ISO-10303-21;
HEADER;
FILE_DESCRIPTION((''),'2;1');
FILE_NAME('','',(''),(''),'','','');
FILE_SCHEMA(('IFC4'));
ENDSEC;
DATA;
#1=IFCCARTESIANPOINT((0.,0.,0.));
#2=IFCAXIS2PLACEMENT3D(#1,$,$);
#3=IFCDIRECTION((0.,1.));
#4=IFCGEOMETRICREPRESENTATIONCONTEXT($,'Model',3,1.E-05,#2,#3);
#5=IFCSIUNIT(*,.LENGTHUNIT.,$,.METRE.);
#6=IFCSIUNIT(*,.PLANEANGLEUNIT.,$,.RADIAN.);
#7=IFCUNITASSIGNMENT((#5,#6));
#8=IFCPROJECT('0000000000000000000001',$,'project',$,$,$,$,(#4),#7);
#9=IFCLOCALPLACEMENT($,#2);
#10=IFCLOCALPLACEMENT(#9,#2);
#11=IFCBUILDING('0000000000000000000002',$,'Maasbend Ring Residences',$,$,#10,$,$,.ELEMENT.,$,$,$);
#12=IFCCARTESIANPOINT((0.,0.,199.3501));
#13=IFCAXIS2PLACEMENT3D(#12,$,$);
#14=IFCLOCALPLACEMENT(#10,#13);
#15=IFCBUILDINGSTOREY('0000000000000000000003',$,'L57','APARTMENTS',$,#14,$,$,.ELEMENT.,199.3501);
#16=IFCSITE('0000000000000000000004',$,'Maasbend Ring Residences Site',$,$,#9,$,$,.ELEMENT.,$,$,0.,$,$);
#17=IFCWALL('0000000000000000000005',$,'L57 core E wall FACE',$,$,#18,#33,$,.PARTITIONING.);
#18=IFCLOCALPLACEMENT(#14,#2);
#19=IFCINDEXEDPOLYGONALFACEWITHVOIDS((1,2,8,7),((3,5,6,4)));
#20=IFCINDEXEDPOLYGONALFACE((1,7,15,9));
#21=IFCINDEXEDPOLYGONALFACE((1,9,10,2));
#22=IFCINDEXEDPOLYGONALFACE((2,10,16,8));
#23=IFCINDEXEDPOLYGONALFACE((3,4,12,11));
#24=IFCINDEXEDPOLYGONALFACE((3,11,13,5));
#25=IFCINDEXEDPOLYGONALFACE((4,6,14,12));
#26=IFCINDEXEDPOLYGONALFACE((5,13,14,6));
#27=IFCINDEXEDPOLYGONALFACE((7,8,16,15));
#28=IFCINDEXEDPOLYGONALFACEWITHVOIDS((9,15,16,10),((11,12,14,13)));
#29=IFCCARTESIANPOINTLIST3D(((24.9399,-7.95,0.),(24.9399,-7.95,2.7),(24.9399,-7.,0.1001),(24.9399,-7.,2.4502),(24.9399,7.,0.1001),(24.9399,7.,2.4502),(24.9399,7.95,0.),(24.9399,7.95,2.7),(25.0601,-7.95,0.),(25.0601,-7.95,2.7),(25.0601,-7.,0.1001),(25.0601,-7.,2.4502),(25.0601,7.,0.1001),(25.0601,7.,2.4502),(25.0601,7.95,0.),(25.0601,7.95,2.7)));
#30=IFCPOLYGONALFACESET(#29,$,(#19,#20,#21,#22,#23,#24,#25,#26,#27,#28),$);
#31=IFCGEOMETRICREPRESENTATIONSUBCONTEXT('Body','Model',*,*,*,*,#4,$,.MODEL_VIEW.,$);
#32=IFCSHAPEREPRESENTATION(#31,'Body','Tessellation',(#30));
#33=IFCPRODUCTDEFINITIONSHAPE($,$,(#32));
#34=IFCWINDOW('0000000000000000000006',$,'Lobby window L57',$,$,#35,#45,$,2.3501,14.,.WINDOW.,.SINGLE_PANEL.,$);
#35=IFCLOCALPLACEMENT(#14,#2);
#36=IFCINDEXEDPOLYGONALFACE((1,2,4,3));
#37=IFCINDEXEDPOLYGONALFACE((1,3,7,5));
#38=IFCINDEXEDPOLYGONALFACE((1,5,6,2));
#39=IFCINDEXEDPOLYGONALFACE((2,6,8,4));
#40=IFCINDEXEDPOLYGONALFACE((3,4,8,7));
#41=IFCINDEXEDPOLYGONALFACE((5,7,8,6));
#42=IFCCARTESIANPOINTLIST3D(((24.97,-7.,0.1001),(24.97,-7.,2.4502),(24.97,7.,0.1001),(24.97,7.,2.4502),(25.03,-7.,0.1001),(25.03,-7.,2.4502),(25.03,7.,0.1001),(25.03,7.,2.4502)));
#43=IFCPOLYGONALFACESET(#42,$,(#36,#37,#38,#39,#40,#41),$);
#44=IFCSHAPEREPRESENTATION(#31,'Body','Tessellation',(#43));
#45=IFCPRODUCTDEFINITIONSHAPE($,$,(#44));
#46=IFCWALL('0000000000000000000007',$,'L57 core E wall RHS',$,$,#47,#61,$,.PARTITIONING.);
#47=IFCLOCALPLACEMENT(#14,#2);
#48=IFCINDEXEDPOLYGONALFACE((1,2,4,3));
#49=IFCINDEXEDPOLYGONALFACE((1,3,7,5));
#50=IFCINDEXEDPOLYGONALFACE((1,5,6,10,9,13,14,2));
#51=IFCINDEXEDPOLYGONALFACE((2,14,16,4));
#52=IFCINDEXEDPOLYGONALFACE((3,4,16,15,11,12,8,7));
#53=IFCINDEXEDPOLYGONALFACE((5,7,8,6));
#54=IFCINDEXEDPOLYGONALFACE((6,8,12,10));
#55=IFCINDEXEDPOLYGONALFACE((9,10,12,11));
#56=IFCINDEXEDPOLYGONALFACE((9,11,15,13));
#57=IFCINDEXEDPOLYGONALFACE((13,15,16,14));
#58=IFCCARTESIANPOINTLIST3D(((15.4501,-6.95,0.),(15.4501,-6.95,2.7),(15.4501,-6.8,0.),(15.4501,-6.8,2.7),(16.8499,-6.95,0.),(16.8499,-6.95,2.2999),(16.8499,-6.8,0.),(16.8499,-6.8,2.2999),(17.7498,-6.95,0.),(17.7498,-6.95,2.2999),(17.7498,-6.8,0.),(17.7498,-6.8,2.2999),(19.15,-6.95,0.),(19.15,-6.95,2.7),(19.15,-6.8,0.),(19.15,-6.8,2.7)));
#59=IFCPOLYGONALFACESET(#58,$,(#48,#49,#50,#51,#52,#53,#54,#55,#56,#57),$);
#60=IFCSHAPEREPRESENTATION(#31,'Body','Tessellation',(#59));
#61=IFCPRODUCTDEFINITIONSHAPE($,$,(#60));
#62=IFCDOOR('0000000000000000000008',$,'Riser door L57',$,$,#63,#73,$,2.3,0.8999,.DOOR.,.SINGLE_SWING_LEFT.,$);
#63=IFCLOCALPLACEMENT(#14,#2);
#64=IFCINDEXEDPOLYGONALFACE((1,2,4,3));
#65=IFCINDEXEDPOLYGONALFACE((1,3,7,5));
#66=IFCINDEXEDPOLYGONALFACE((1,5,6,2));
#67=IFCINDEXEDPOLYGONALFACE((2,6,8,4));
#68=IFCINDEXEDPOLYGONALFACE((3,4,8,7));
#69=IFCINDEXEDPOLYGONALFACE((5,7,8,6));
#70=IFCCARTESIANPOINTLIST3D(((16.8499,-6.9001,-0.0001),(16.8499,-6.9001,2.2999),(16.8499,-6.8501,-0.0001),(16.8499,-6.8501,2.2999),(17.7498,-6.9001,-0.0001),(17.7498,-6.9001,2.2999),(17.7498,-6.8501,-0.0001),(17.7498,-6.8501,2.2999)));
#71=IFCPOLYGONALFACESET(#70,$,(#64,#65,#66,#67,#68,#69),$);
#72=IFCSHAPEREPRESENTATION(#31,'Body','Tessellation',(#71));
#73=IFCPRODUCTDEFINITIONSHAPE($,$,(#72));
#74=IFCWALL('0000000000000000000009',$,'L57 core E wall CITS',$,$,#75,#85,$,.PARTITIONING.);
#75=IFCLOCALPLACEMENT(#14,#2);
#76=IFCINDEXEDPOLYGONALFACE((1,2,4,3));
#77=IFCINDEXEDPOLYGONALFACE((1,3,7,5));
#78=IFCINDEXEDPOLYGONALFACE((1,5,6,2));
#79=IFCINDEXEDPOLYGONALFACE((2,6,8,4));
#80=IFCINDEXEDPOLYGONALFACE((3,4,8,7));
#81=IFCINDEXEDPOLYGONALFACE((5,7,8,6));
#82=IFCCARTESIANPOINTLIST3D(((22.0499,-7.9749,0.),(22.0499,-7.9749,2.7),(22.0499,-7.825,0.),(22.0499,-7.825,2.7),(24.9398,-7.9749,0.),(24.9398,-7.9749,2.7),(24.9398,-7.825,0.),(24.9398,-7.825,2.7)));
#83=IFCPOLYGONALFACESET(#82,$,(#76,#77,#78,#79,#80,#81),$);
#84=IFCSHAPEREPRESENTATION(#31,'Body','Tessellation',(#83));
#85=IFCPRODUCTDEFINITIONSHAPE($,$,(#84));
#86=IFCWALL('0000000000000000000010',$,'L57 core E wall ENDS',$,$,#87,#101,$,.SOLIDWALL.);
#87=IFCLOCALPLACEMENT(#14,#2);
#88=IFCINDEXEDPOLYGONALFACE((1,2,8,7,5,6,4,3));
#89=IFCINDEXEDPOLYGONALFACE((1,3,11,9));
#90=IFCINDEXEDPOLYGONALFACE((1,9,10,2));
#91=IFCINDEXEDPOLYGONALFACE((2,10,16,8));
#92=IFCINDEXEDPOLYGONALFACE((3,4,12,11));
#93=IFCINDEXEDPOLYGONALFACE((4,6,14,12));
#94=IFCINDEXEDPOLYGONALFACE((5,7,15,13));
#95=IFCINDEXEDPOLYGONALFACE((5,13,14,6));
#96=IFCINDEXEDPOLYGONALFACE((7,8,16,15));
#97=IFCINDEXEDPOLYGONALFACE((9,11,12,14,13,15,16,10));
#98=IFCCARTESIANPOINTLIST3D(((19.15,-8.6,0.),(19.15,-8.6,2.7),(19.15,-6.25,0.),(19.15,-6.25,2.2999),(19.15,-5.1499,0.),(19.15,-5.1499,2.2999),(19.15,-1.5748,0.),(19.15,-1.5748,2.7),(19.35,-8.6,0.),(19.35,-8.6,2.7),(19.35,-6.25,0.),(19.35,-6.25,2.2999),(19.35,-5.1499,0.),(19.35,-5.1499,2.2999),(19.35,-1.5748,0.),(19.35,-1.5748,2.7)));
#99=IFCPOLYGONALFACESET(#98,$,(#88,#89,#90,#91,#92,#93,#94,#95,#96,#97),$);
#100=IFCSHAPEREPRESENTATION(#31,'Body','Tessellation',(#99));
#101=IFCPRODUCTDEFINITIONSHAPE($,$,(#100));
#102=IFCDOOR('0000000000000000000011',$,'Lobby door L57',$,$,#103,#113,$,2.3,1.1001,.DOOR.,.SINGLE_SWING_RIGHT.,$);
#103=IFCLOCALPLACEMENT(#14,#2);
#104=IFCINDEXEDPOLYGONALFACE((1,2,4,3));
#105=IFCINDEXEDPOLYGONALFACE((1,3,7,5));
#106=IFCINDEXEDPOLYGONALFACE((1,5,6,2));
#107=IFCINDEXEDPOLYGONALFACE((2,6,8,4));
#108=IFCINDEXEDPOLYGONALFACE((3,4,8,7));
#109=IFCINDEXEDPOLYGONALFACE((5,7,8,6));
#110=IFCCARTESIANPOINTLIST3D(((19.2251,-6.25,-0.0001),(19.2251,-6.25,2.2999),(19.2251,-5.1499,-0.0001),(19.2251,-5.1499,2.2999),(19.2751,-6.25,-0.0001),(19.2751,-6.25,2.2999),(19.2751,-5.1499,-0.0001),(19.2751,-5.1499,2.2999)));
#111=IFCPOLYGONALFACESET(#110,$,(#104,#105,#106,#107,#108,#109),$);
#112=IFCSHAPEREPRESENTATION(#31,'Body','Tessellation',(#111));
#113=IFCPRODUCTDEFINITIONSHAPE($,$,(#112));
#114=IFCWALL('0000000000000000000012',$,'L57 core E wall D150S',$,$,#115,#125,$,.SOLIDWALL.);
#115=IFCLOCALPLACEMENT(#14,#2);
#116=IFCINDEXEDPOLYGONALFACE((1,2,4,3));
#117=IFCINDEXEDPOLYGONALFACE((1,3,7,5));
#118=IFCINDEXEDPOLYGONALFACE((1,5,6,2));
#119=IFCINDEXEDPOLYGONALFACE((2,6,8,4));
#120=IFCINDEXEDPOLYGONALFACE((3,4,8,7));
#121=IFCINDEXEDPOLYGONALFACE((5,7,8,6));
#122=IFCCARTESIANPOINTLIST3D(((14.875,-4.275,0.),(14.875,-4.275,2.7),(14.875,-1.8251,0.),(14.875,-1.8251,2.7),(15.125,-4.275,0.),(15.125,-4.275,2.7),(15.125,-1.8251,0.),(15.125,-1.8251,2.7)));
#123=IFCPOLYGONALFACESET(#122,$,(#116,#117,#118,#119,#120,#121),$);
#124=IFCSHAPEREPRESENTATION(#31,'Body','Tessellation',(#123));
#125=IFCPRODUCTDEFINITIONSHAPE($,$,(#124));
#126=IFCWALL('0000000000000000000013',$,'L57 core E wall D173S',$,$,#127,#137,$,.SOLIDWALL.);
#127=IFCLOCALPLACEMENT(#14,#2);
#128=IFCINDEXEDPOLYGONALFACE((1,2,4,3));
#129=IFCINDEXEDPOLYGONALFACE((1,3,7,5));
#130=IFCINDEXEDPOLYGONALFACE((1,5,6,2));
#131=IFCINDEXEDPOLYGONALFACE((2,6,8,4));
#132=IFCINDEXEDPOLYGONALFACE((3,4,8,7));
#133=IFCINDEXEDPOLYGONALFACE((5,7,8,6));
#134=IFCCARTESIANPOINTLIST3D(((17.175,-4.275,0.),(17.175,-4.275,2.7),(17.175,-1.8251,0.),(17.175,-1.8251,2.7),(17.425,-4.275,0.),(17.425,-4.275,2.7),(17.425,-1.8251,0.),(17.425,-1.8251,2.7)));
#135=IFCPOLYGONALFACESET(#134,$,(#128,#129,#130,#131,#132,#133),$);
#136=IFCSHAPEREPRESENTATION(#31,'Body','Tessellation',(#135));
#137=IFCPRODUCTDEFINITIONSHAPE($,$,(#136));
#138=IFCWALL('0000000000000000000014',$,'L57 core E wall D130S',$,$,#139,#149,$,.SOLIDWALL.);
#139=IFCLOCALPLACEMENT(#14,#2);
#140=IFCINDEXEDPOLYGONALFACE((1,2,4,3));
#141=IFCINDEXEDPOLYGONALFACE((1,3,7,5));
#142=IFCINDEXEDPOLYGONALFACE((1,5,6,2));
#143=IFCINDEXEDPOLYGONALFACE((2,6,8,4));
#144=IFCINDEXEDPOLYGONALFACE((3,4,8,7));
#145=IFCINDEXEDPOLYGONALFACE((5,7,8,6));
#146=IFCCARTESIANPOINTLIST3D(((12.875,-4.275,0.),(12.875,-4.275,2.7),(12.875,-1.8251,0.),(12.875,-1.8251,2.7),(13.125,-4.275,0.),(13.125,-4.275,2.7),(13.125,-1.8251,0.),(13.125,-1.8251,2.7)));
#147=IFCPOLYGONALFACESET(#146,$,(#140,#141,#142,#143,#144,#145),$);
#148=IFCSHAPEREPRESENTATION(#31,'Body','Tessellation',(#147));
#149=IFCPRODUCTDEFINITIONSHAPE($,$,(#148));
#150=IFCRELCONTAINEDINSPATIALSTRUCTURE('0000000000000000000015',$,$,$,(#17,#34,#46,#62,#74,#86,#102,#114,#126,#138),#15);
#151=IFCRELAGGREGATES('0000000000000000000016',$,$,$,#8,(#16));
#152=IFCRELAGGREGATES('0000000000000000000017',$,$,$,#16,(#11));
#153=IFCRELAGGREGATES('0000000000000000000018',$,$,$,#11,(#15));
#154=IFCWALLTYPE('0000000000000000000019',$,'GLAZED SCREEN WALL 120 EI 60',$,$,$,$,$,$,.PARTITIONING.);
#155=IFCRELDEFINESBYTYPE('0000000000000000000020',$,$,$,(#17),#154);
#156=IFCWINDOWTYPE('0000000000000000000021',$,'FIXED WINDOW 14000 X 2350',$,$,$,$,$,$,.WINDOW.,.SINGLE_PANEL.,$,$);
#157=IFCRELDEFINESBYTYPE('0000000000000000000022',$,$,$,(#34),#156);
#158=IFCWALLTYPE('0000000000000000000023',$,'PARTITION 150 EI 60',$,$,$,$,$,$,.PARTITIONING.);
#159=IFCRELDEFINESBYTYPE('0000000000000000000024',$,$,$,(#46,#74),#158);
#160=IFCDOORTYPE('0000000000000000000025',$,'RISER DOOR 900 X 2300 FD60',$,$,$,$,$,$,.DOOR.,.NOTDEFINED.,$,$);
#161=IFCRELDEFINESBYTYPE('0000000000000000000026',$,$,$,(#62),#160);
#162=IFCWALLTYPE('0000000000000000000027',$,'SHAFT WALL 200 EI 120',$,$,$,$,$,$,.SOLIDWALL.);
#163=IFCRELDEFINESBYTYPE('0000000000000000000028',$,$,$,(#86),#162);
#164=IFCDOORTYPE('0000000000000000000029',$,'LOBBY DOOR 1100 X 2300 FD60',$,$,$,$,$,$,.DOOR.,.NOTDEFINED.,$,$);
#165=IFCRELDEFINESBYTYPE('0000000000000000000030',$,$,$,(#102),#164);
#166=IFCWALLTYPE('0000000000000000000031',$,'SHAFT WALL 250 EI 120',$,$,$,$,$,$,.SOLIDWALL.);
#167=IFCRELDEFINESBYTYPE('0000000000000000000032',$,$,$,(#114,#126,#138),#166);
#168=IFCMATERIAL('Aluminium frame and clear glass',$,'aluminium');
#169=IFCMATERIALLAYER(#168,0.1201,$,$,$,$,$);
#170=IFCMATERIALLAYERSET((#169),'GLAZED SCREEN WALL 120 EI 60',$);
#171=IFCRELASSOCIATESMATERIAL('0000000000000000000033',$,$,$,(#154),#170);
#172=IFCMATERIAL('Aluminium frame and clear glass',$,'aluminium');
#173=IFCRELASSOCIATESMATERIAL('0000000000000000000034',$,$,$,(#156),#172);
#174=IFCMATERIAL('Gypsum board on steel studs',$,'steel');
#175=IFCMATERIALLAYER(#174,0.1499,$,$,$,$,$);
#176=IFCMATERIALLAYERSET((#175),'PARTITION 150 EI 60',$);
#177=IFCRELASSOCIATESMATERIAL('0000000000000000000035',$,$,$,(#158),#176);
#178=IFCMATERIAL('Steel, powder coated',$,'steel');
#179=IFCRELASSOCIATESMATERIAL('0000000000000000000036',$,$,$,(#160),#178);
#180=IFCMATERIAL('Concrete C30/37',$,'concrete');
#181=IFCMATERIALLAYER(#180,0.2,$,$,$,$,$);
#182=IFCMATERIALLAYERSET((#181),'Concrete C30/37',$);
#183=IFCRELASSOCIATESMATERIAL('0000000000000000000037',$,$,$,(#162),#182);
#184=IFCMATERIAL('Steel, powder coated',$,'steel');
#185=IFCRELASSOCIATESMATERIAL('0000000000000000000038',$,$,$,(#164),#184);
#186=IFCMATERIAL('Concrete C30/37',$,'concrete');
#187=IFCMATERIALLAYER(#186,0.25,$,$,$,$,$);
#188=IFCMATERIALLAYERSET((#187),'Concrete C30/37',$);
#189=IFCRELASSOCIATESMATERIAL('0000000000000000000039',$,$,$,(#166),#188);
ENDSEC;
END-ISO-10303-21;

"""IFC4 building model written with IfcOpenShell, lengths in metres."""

from ifc_helpers import new_model, si_unit, direction, frame, frame_2d, origin, place, context, subcontext, project, spatial, rectangle, extrude, material, layer, layer_set, type_object, element, fill, save


model = new_model("IFC4")

# Units and contexts
model_context = context("Model", 3, precision=1e-05, world=origin(), true_north=direction((0.0, 1.0)))
body_context = subcontext(model_context, "Body", "Model", "MODEL_VIEW")
ifc_project = project(units=[si_unit("LENGTHUNIT", "METRE"), si_unit("PLANEANGLEUNIT", "RADIAN")], contexts=[model_context])

# Site, building, storey
site_placement = place(None, origin())
site = spatial("IfcSite", under=ifc_project, at=site_placement, Name="Maasbend Ring Residences Site", CompositionType="ELEMENT", RefElevation=0.0)
building_placement = place(site_placement, origin())
building = spatial("IfcBuilding", under=site, at=building_placement, Name="Maasbend Ring Residences", CompositionType="ELEMENT")
storey_placement = place(building_placement, frame((0.0, 0.0, 199.3501)))
storey = spatial("IfcBuildingStorey", under=building, at=storey_placement, Name="L57", Description="APARTMENTS", CompositionType="ELEMENT", Elevation=199.3501)

# Wall, opening, window
ifc_material_1 = material(Name="Aluminium frame and clear glass", Category="aluminium")
ifc_layer_1 = layer(ifc_material_1, 0.1201)
ifc_layer_set_1 = layer_set([ifc_layer_1], Name="GLAZED SCREEN WALL 120 EI 60")
wall_type_1 = type_object("IfcWallType", Name="GLAZED SCREEN WALL 120 EI 60", PredefinedType="PARTITIONING", material=ifc_layer_set_1)
wall_1_placement = place(storey_placement, frame((25.0, -7.95, 0.0), z_axis=(0.0, 0.0, 1.0), x_axis=(0.0, 1.0, 0.0)))
wall_1 = element("IfcWall", 1, at=wall_1_placement, inside=storey, type_object=wall_type_1, Name="L57 core E wall FACE", PredefinedType="PARTITIONING", context=body_context, shape_type="SweptSolid", body=[
    extrude(rectangle(XDim=15.8999, YDim=0.1201, at=frame_2d((7.95, 0.0))), origin(), (0.0, 0.0, 1.0), 2.7),
])
opening_1_placement = place(wall_1_placement, frame((0.95, 0.0, 0.1001)))
opening_1 = element("IfcOpeningElement", 2, at=opening_1_placement, cuts=wall_1, PredefinedType="OPENING", context=body_context, shape_type="SweptSolid", body=[
    extrude(rectangle(XDim=14.0, YDim=2.3501, at=frame_2d((7.0, 1.175))), frame((0.0, 0.0701, 0.0), z_axis=(0.0, -1.0, 0.0), x_axis=(1.0, 0.0, 0.0)), (0.0, 0.0, 1.0), 0.1401),
])
ifc_material_2 = material(Name="Aluminium frame and clear glass", Category="aluminium")
window_type = type_object("IfcWindowType", Name="FIXED WINDOW 14000 X 2350", PartitioningType="SINGLE_PANEL", PredefinedType="WINDOW", material=ifc_material_2)
window_placement = place(opening_1_placement, origin())
window = element("IfcWindow", 3, at=window_placement, inside=storey, type_object=window_type, Name="Lobby window L57", OverallHeight=2.3501, OverallWidth=14.0, PartitioningType="SINGLE_PANEL", PredefinedType="WINDOW", context=body_context, shape_type="SweptSolid", body=[
    extrude(rectangle(XDim=14.0, YDim=2.3501, at=frame_2d((7.0, 1.175))), frame((0.0, 0.03, 0.0), z_axis=(0.0, -1.0, 0.0), x_axis=(1.0, 0.0, 0.0)), (0.0, 0.0, 1.0), 0.0601),
])
fill(opening_1, window)

# Wall, opening, door
ifc_material_3 = material(Name="Gypsum board on steel studs", Category="steel")
ifc_layer_2 = layer(ifc_material_3, 0.1499)
ifc_layer_set_2 = layer_set([ifc_layer_2], Name="PARTITION 150 EI 60")
wall_type_2 = type_object("IfcWallType", Name="PARTITION 150 EI 60", PredefinedType="PARTITIONING", material=ifc_layer_set_2)
wall_2_placement = place(storey_placement, frame((15.45, -6.875, 0.0), z_axis=(0.0, 0.0, 1.0), x_axis=(1.0, 0.0, 0.0)))
wall_2 = element("IfcWall", 4, at=wall_2_placement, inside=storey, type_object=wall_type_2, Name="L57 core E wall RHS", PredefinedType="PARTITIONING", context=body_context, shape_type="SweptSolid", body=[
    extrude(rectangle(XDim=3.7, YDim=0.1499, at=frame_2d((1.8501, 0.0))), origin(), (0.0, 0.0, 1.0), 2.7),
])
opening_2_placement = place(wall_2_placement, frame((1.3999, 0.0, 0.0)))
opening_2 = element("IfcOpeningElement", 5, at=opening_2_placement, cuts=wall_2, PredefinedType="OPENING", context=body_context, shape_type="SweptSolid", body=[
    extrude(rectangle(XDim=0.8999, YDim=2.3, at=frame_2d((0.45, 1.1499))), frame((0.0, 0.085, 0.0), z_axis=(0.0, -1.0, 0.0), x_axis=(1.0, 0.0, 0.0)), (0.0, 0.0, 1.0), 0.1699),
])
ifc_material_4 = material(Name="Steel, powder coated", Category="steel")
door_type_1 = type_object("IfcDoorType", Name="RISER DOOR 900 X 2300 FD60", OperationType="NOTDEFINED", PredefinedType="DOOR", material=ifc_material_4)
door_1_placement = place(opening_2_placement, origin())
door_1 = element("IfcDoor", 6, at=door_1_placement, inside=storey, type_object=door_type_1, Name="Riser door L57", OperationType="SINGLE_SWING_LEFT", OverallHeight=2.3, OverallWidth=0.8999, PredefinedType="DOOR", context=body_context, shape_type="SweptSolid", body=[
    extrude(rectangle(XDim=0.8999, YDim=2.3, at=frame_2d((0.45, 1.1499))), frame((0.0, 0.0249, 0.0), z_axis=(0.0, -1.0, 0.0), x_axis=(1.0, 0.0, 0.0)), (0.0, 0.0, 1.0), 0.05),
])
fill(opening_2, door_1)

# Wall
wall_3_placement = place(storey_placement, frame((22.05, -7.8999, 0.0), z_axis=(0.0, 0.0, 1.0), x_axis=(1.0, 0.0, 0.0)))
element("IfcWall", 7, at=wall_3_placement, inside=storey, type_object=wall_type_2, Name="L57 core E wall CITS", PredefinedType="PARTITIONING", context=body_context, shape_type="SweptSolid", body=[
    extrude(rectangle(XDim=2.8899, YDim=0.1499, at=frame_2d((1.4448, 0.0))), origin(), (0.0, 0.0, 1.0), 2.7),
])

# Wall, opening, door
ifc_material_5 = material(Name="Concrete C30/37", Category="concrete")
ifc_layer_3 = layer(ifc_material_5, 0.2)
ifc_layer_set_3 = layer_set([ifc_layer_3], Name="Concrete C30/37")
wall_type_3 = type_object("IfcWallType", Name="SHAFT WALL 200 EI 120", PredefinedType="SOLIDWALL", material=ifc_layer_set_3)
wall_4_placement = place(storey_placement, frame((19.25, -8.6001, 0.0), z_axis=(0.0, 0.0, 1.0), x_axis=(0.0, 1.0, 0.0)))
wall_4 = element("IfcWall", 8, at=wall_4_placement, inside=storey, type_object=wall_type_3, Name="L57 core E wall ENDS", PredefinedType="SOLIDWALL", context=body_context, shape_type="SweptSolid", body=[
    extrude(rectangle(XDim=7.0251, YDim=0.2, at=frame_2d((3.5127, 0.0))), origin(), (0.0, 0.0, 1.0), 2.7),
])
opening_3_placement = place(wall_4_placement, frame((2.3501, 0.0, 0.0)))
opening_3 = element("IfcOpeningElement", 9, at=opening_3_placement, cuts=wall_4, PredefinedType="OPENING", context=body_context, shape_type="SweptSolid", body=[
    extrude(rectangle(XDim=1.1001, YDim=2.3, at=frame_2d((0.55, 1.1499))), frame((0.0, 0.1099, 0.0), z_axis=(0.0, -1.0, 0.0), x_axis=(1.0, 0.0, 0.0)), (0.0, 0.0, 1.0), 0.22),
])
ifc_material_6 = material(Name="Steel, powder coated", Category="steel")
door_type_2 = type_object("IfcDoorType", Name="LOBBY DOOR 1100 X 2300 FD60", OperationType="NOTDEFINED", PredefinedType="DOOR", material=ifc_material_6)
door_2_placement = place(opening_3_placement, origin())
door_2 = element("IfcDoor", 10, at=door_2_placement, inside=storey, type_object=door_type_2, Name="Lobby door L57", OperationType="SINGLE_SWING_RIGHT", OverallHeight=2.3, OverallWidth=1.1001, PredefinedType="DOOR", context=body_context, shape_type="SweptSolid", body=[
    extrude(rectangle(XDim=1.1001, YDim=2.3, at=frame_2d((0.55, 1.1499))), frame((0.0, 0.0249, 0.0), z_axis=(0.0, -1.0, 0.0), x_axis=(1.0, 0.0, 0.0)), (0.0, 0.0, 1.0), 0.05),
])
fill(opening_3, door_2)

# Walls
ifc_material_7 = material(Name="Concrete C30/37", Category="concrete")
ifc_layer_4 = layer(ifc_material_7, 0.25)
ifc_layer_set_4 = layer_set([ifc_layer_4], Name="Concrete C30/37")
wall_type_4 = type_object("IfcWallType", Name="SHAFT WALL 250 EI 120", PredefinedType="SOLIDWALL", material=ifc_layer_set_4)
for number, where, z_axis, x_axis, name in (
    (11, (15.0, -1.825, 0.0), (0.0, 0.0, 1.0), (0.0, -1.0, 0.0), "L57 core E wall D150S"),
    (12, (17.3, -1.825, 0.0), (0.0, 0.0, 1.0), (0.0, -1.0, 0.0), "L57 core E wall D173S"),
    (13, (13.0, -1.825, 0.0), (0.0, 0.0, 1.0), (0.0, -1.0, 0.0), "L57 core E wall D130S"),
):
    element("IfcWall", number, at=place(storey_placement, frame(where, z_axis=z_axis, x_axis=x_axis)), inside=storey, type_object=wall_type_4, Name=name, PredefinedType="SOLIDWALL", context=body_context, shape_type="SweptSolid", body=[
        extrude(rectangle(XDim=2.45, YDim=0.25, at=frame_2d((1.2251, 0.0))), origin(), (0.0, 0.0, 1.0), 2.7),
    ])

save(model, "model.ifc")
